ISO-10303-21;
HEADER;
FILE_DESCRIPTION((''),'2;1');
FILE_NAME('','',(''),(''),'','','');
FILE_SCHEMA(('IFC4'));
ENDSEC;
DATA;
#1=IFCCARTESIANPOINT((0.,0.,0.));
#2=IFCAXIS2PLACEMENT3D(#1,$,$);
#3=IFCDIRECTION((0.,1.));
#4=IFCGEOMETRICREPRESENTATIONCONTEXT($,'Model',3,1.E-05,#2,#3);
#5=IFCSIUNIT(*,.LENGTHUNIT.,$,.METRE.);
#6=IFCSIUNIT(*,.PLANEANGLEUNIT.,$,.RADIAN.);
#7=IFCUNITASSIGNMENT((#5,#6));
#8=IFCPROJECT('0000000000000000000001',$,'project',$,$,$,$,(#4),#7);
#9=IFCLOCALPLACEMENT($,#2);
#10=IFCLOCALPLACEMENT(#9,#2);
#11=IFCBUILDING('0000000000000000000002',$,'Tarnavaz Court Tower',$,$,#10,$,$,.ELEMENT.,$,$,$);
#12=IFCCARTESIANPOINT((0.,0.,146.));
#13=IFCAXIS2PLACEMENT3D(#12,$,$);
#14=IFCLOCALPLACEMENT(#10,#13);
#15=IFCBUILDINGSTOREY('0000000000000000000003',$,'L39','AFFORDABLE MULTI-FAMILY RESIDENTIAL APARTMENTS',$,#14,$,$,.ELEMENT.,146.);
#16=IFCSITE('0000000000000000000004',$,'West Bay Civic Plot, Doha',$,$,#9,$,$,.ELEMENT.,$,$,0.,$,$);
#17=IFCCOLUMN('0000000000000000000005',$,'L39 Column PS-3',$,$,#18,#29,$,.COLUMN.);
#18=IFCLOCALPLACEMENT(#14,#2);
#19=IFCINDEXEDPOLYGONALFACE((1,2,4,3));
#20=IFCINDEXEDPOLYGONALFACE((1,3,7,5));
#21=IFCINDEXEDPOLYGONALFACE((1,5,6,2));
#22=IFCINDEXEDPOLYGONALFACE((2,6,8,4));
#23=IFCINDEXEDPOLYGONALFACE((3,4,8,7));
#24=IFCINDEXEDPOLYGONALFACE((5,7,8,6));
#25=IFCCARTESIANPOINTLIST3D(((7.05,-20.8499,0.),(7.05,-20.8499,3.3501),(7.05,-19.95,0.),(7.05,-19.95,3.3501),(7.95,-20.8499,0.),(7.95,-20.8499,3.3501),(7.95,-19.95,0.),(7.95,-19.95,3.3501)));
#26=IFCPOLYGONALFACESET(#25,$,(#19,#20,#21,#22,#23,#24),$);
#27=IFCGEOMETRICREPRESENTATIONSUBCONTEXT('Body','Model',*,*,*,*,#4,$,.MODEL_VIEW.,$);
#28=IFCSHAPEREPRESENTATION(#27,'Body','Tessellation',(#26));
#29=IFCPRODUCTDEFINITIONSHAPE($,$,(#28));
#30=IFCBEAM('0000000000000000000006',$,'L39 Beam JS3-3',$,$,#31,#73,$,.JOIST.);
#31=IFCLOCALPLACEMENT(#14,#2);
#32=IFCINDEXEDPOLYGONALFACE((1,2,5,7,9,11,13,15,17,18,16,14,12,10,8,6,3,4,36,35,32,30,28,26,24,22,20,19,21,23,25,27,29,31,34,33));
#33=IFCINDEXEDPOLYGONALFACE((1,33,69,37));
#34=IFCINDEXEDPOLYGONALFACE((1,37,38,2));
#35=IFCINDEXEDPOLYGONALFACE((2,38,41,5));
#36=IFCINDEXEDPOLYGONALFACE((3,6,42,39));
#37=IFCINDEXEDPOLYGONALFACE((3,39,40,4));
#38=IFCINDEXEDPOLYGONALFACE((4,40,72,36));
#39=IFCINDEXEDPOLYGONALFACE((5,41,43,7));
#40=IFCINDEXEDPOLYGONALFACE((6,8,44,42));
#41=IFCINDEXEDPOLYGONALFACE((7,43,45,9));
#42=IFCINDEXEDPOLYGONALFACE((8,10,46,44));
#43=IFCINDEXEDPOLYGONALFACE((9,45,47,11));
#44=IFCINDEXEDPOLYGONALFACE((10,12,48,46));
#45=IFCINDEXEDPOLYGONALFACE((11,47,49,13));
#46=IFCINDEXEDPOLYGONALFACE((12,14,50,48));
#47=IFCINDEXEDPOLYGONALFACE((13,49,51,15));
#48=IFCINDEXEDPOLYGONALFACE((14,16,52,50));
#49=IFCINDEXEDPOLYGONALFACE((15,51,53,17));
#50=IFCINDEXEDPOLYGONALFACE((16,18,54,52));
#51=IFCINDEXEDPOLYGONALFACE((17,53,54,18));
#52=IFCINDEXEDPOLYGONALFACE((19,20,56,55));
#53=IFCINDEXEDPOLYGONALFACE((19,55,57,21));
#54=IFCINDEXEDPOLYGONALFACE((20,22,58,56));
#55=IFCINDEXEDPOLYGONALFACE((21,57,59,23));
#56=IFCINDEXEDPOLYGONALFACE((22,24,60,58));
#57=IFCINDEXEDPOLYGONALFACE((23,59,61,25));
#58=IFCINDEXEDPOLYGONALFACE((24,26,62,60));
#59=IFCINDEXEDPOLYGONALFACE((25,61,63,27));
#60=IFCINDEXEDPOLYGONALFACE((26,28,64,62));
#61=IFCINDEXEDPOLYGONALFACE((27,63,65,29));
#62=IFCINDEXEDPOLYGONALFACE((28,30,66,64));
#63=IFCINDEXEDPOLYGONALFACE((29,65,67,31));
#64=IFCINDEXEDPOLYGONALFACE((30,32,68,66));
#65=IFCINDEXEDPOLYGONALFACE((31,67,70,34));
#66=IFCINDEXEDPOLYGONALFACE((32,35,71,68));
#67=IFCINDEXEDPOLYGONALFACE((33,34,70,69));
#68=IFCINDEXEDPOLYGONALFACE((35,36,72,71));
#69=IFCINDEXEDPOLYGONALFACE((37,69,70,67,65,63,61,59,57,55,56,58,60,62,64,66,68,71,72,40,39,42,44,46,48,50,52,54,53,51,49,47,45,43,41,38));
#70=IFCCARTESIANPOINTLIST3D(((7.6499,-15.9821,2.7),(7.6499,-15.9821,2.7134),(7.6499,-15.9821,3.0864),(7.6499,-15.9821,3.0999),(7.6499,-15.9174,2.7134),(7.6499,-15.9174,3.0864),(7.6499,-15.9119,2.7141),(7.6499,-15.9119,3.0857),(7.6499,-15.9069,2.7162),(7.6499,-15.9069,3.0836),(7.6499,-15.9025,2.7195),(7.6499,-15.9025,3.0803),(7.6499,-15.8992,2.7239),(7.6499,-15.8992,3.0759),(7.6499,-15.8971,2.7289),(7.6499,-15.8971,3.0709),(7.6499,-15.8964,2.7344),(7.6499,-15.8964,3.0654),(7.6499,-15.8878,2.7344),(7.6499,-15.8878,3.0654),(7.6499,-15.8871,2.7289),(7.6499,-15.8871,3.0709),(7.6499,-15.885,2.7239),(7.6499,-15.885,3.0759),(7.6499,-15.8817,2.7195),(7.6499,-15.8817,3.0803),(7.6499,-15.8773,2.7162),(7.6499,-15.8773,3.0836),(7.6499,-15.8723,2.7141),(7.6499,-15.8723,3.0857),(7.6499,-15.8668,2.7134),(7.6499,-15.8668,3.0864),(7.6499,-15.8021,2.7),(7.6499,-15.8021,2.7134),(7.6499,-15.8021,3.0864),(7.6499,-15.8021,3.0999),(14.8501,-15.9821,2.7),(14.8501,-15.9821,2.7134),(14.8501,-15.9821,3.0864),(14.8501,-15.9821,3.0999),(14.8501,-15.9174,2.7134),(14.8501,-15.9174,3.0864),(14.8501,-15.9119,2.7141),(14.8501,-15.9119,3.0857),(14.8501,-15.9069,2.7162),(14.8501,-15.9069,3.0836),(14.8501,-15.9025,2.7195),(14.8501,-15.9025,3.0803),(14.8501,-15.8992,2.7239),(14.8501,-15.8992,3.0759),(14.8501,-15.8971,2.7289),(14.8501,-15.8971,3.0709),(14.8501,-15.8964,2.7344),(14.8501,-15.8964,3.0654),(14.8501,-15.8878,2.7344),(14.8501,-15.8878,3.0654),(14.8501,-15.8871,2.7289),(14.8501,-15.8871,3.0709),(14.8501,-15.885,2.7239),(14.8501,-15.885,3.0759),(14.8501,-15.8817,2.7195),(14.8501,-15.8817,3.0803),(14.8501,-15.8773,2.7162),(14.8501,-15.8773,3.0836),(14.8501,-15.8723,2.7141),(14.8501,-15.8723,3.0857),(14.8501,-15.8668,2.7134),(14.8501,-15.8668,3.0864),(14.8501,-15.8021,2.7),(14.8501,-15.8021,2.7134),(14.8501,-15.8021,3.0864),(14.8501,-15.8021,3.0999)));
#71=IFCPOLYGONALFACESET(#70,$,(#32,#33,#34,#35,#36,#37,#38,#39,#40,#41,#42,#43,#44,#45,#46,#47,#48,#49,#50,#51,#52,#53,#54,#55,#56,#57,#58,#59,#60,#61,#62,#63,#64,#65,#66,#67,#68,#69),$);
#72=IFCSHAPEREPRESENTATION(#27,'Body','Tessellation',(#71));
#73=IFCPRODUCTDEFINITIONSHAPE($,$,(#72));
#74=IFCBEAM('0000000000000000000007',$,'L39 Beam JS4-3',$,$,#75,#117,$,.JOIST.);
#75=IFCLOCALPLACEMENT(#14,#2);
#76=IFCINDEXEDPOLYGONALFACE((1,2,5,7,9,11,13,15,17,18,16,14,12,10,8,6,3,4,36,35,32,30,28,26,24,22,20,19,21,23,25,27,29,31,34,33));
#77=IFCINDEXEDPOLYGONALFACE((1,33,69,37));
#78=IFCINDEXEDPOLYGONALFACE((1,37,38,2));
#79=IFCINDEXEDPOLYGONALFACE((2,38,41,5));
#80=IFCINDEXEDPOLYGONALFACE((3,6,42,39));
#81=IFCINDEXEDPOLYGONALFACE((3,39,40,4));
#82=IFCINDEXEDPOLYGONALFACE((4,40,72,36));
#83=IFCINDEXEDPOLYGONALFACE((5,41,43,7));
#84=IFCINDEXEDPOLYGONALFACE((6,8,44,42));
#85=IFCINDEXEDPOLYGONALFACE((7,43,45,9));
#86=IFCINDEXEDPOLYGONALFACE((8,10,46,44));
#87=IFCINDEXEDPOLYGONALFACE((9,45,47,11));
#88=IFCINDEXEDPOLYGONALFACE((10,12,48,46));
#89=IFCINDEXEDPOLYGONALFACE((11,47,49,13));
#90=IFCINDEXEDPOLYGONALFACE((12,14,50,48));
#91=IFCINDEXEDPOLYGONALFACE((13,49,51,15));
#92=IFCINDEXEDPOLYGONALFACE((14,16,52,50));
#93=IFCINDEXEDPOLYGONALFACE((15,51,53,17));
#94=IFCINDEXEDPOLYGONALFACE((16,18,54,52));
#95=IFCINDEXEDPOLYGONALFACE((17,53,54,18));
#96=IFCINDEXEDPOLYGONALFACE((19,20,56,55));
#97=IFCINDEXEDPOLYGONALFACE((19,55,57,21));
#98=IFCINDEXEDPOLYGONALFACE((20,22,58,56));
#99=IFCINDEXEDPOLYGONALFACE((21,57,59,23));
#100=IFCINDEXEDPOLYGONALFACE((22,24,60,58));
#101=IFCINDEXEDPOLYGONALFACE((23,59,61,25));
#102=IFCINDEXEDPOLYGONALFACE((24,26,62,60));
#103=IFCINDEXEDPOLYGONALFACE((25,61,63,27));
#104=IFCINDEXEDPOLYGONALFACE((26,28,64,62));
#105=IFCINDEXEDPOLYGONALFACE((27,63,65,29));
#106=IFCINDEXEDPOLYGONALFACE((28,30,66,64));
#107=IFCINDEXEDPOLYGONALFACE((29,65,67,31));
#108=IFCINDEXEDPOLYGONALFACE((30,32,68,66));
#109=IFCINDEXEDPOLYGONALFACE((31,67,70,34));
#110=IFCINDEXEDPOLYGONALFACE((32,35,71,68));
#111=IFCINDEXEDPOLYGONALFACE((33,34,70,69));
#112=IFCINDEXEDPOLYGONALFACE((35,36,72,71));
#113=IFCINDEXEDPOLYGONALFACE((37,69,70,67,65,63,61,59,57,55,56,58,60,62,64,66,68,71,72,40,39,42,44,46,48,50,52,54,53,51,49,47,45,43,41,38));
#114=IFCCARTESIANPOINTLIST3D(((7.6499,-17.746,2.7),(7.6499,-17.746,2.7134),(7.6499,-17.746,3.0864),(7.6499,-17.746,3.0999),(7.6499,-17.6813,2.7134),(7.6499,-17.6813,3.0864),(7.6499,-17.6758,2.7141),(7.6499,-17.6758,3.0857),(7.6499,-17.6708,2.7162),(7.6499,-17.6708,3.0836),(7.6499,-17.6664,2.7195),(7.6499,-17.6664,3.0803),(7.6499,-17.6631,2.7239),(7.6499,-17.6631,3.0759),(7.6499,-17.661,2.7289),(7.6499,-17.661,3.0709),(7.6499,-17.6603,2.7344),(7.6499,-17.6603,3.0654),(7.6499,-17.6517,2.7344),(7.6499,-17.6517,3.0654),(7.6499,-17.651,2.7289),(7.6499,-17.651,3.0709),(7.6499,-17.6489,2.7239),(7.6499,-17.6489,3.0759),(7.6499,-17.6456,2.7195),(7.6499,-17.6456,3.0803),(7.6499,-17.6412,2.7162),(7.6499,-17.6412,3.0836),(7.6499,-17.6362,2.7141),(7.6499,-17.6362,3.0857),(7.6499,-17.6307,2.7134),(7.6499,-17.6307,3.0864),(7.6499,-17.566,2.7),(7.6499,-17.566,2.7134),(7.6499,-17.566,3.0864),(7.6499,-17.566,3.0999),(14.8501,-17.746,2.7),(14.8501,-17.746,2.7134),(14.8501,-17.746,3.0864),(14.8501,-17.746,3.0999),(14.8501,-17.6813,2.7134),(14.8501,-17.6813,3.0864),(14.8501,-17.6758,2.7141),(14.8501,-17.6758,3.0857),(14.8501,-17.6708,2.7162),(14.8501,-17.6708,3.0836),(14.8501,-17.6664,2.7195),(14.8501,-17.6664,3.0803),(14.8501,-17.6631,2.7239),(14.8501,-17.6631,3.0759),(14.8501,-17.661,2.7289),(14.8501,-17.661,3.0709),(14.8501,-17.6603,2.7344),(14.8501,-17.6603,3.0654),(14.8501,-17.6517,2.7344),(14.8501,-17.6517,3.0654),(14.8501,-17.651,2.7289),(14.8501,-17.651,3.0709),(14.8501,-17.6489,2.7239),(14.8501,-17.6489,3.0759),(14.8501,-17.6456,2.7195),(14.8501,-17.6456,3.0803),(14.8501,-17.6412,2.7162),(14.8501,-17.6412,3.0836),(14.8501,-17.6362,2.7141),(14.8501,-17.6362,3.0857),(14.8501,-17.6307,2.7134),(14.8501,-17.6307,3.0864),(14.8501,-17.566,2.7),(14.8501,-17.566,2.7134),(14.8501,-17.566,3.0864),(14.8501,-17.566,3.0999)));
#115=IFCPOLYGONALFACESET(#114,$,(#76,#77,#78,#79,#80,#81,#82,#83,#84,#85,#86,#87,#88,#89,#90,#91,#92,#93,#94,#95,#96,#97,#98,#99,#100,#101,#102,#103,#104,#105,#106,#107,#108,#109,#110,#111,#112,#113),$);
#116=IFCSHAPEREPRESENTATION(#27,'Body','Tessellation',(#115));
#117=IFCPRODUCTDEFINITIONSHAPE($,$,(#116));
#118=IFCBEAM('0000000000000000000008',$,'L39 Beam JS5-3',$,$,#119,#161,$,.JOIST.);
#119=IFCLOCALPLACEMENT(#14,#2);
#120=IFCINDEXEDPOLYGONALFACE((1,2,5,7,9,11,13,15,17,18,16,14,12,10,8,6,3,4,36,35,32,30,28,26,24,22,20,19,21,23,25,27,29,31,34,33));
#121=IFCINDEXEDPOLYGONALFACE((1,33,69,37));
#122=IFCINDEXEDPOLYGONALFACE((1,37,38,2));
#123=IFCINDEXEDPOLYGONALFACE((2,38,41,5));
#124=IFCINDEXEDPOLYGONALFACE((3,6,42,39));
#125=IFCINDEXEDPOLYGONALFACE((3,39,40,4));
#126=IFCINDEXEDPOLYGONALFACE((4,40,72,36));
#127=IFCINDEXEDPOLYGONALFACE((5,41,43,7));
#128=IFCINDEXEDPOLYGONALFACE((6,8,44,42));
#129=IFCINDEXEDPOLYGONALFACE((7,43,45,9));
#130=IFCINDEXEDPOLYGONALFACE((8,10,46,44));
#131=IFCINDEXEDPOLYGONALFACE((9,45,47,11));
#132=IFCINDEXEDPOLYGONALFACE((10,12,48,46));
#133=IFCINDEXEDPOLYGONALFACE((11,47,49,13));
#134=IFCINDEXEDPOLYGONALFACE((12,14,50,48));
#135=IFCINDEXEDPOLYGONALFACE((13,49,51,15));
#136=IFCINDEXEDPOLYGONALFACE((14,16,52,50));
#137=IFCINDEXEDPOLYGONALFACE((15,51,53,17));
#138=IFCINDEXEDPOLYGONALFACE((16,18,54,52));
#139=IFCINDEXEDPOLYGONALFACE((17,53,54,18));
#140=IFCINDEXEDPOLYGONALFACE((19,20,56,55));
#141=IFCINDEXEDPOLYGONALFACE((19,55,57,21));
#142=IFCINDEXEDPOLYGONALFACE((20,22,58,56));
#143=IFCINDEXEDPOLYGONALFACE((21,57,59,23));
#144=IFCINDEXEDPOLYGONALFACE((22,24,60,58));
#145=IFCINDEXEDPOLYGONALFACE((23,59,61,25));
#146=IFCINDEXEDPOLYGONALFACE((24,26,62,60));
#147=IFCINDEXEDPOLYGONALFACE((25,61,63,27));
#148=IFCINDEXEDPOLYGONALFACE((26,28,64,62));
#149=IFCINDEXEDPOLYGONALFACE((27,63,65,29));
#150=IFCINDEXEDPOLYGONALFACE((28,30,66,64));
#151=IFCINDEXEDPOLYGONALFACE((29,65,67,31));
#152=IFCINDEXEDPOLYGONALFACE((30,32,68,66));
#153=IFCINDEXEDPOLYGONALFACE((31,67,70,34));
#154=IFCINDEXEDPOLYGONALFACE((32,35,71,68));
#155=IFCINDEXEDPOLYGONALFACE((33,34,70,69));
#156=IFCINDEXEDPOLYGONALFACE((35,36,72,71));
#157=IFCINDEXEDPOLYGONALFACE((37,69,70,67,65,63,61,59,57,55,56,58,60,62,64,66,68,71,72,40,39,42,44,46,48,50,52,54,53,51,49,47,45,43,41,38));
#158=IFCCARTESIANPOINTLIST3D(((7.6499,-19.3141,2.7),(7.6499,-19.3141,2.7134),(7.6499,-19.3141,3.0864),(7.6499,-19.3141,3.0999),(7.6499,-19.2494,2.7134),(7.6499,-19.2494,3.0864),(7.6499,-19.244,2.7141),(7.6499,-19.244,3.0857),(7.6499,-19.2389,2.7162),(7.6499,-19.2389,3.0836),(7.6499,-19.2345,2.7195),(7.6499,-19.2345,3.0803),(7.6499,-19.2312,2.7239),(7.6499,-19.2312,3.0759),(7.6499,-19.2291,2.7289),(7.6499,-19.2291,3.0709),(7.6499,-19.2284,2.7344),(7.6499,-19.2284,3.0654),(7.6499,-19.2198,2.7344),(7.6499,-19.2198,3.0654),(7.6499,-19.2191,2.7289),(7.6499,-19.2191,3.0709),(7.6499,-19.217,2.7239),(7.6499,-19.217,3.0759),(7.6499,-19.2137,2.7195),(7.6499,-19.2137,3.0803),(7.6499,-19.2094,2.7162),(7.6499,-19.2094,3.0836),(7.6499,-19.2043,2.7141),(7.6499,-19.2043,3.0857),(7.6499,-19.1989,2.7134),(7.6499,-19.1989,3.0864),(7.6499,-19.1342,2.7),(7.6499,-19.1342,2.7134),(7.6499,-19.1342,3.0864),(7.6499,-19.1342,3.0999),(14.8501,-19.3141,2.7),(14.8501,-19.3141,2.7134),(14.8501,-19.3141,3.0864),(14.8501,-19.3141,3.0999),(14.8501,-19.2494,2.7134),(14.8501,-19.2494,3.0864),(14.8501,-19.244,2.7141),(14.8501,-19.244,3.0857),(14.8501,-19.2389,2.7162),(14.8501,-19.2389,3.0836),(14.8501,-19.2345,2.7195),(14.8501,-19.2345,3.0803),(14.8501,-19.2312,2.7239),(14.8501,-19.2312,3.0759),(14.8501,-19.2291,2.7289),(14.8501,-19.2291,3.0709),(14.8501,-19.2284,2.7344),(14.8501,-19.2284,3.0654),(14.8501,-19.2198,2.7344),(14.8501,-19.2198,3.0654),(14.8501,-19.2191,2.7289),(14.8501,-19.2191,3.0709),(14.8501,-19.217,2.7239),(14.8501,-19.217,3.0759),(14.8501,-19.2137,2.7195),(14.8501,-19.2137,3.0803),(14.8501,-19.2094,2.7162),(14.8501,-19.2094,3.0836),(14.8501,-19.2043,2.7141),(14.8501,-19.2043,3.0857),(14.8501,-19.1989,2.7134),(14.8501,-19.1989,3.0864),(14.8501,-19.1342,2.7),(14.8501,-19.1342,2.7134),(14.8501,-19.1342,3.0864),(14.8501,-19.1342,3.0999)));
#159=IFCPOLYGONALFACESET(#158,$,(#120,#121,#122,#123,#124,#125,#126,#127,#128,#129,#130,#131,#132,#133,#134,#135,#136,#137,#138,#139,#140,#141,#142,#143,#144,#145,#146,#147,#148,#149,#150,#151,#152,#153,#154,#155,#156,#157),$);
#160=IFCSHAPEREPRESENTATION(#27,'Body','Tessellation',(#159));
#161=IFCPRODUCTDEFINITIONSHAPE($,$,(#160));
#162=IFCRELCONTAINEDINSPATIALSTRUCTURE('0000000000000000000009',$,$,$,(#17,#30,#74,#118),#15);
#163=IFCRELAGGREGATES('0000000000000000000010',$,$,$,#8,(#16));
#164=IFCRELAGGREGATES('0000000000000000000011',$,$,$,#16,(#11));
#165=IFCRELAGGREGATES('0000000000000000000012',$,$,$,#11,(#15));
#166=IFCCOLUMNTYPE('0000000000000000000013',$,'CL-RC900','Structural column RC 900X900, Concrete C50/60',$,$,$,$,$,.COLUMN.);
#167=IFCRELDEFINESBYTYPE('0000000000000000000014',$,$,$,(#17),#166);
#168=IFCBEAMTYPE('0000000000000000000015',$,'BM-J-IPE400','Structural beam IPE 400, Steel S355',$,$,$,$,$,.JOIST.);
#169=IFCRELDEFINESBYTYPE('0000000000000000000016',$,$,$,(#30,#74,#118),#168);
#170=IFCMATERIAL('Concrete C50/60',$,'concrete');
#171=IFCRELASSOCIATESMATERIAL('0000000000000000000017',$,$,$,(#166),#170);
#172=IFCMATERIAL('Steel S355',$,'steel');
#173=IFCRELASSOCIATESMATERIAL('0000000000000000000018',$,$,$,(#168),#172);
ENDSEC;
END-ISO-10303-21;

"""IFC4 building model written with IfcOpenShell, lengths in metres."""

from ifc_helpers import new_model, si_unit, direction, frame, origin, origin_2d, place, context, subcontext, project, spatial, rectangle, i_section, extrude, material, material_profile, profile_set, type_object, element, save


model = new_model("IFC4")

# Units and contexts
model_context = context("Model", 3, precision=1e-05, world=origin(), true_north=direction((0.0, 1.0)))
body_context = subcontext(model_context, "Body", "Model", "MODEL_VIEW")
ifc_project = project(units=[si_unit("LENGTHUNIT", "METRE"), si_unit("PLANEANGLEUNIT", "RADIAN")], contexts=[model_context])

# Site, building, storey
site_placement = place(None, origin())
site = spatial("IfcSite", under=ifc_project, at=site_placement, Name="West Bay Civic Plot, Doha", CompositionType="ELEMENT", RefElevation=0.0)
building_placement = place(site_placement, origin())
building = spatial("IfcBuilding", under=site, at=building_placement, Name="Tarnavaz Court Tower", CompositionType="ELEMENT")
storey_placement = place(building_placement, frame((0.0, 0.0, 146.0)))
storey = spatial("IfcBuildingStorey", under=building, at=storey_placement, Name="L39", Description="AFFORDABLE MULTI-FAMILY RESIDENTIAL APARTMENTS", CompositionType="ELEMENT", Elevation=146.0)

# Column
ifc_material_1 = material(Name="Concrete C50/60", Category="concrete")
ifc_material_profile_1 = material_profile(ifc_material_1, rectangle(XDim=0.8999, YDim=0.8999, at=origin_2d()), Name="RC 900X900")
ifc_profile_set_1 = profile_set([ifc_material_profile_1], Name="Concrete C50/60")
column_type = type_object("IfcColumnType", Name="CL-RC900", Description="Structural column RC 900X900, Concrete C50/60", PredefinedType="COLUMN", material=ifc_profile_set_1)
column_placement = place(storey_placement, frame((7.5, -20.3999, 0.0), z_axis=(0.0, 0.0, 1.0), x_axis=(1.0, 0.0, 0.0)))
element("IfcColumn", 1, at=column_placement, inside=storey, type_object=column_type, Name="L39 Column PS-3", PredefinedType="COLUMN", context=body_context, shape_type="SweptSolid", body=[
    extrude(rectangle(XDim=0.8999, YDim=0.8999, at=origin_2d()), origin(), (0.0, 0.0, 1.0), 3.3501),
])

# Beams
ifc_material_2 = material(Name="Steel S355", Category="steel")
ifc_material_profile_2 = material_profile(ifc_material_2, i_section(OverallWidth=0.1799, OverallDepth=0.3999, WebThickness=0.0085, FlangeThickness=0.0134, FilletRadius=0.021, at=origin_2d()), Name="IPE 400")
ifc_profile_set_2 = profile_set([ifc_material_profile_2], Name="Steel S355")
beam_type_1 = type_object("IfcBeamType", Name="BM-J-IPE400", Description="Structural beam IPE 400, Steel S355", PredefinedType="JOIST", material=ifc_profile_set_2)
for number, where, z_axis, x_axis, name in (
    (2, (7.6499, -15.8921, 2.8999), (1.0, 0.0, 0.0), (0.0, 1.0, 0.0), "L39 Beam JS3-3"),
    (3, (7.6499, -17.656, 2.8999), (1.0, 0.0, 0.0), (0.0, 1.0, 0.0), "L39 Beam JS4-3"),
    (4, (7.6499, -19.2241, 2.8999), (1.0, 0.0, 0.0), (0.0, 1.0, 0.0), "L39 Beam JS5-3"),
):
    element("IfcBeam", number, at=place(storey_placement, frame(where, z_axis=z_axis, x_axis=x_axis)), inside=storey, type_object=beam_type_1, Name=name, PredefinedType="JOIST", context=body_context, shape_type="SweptSolid", body=[
        extrude(i_section(OverallWidth=0.1799, OverallDepth=0.3999, WebThickness=0.0085, FlangeThickness=0.0134, FilletRadius=0.021, at=origin_2d()), origin(), (0.0, 0.0, 1.0), 7.2002),
    ])

save(model, "model.ifc")
